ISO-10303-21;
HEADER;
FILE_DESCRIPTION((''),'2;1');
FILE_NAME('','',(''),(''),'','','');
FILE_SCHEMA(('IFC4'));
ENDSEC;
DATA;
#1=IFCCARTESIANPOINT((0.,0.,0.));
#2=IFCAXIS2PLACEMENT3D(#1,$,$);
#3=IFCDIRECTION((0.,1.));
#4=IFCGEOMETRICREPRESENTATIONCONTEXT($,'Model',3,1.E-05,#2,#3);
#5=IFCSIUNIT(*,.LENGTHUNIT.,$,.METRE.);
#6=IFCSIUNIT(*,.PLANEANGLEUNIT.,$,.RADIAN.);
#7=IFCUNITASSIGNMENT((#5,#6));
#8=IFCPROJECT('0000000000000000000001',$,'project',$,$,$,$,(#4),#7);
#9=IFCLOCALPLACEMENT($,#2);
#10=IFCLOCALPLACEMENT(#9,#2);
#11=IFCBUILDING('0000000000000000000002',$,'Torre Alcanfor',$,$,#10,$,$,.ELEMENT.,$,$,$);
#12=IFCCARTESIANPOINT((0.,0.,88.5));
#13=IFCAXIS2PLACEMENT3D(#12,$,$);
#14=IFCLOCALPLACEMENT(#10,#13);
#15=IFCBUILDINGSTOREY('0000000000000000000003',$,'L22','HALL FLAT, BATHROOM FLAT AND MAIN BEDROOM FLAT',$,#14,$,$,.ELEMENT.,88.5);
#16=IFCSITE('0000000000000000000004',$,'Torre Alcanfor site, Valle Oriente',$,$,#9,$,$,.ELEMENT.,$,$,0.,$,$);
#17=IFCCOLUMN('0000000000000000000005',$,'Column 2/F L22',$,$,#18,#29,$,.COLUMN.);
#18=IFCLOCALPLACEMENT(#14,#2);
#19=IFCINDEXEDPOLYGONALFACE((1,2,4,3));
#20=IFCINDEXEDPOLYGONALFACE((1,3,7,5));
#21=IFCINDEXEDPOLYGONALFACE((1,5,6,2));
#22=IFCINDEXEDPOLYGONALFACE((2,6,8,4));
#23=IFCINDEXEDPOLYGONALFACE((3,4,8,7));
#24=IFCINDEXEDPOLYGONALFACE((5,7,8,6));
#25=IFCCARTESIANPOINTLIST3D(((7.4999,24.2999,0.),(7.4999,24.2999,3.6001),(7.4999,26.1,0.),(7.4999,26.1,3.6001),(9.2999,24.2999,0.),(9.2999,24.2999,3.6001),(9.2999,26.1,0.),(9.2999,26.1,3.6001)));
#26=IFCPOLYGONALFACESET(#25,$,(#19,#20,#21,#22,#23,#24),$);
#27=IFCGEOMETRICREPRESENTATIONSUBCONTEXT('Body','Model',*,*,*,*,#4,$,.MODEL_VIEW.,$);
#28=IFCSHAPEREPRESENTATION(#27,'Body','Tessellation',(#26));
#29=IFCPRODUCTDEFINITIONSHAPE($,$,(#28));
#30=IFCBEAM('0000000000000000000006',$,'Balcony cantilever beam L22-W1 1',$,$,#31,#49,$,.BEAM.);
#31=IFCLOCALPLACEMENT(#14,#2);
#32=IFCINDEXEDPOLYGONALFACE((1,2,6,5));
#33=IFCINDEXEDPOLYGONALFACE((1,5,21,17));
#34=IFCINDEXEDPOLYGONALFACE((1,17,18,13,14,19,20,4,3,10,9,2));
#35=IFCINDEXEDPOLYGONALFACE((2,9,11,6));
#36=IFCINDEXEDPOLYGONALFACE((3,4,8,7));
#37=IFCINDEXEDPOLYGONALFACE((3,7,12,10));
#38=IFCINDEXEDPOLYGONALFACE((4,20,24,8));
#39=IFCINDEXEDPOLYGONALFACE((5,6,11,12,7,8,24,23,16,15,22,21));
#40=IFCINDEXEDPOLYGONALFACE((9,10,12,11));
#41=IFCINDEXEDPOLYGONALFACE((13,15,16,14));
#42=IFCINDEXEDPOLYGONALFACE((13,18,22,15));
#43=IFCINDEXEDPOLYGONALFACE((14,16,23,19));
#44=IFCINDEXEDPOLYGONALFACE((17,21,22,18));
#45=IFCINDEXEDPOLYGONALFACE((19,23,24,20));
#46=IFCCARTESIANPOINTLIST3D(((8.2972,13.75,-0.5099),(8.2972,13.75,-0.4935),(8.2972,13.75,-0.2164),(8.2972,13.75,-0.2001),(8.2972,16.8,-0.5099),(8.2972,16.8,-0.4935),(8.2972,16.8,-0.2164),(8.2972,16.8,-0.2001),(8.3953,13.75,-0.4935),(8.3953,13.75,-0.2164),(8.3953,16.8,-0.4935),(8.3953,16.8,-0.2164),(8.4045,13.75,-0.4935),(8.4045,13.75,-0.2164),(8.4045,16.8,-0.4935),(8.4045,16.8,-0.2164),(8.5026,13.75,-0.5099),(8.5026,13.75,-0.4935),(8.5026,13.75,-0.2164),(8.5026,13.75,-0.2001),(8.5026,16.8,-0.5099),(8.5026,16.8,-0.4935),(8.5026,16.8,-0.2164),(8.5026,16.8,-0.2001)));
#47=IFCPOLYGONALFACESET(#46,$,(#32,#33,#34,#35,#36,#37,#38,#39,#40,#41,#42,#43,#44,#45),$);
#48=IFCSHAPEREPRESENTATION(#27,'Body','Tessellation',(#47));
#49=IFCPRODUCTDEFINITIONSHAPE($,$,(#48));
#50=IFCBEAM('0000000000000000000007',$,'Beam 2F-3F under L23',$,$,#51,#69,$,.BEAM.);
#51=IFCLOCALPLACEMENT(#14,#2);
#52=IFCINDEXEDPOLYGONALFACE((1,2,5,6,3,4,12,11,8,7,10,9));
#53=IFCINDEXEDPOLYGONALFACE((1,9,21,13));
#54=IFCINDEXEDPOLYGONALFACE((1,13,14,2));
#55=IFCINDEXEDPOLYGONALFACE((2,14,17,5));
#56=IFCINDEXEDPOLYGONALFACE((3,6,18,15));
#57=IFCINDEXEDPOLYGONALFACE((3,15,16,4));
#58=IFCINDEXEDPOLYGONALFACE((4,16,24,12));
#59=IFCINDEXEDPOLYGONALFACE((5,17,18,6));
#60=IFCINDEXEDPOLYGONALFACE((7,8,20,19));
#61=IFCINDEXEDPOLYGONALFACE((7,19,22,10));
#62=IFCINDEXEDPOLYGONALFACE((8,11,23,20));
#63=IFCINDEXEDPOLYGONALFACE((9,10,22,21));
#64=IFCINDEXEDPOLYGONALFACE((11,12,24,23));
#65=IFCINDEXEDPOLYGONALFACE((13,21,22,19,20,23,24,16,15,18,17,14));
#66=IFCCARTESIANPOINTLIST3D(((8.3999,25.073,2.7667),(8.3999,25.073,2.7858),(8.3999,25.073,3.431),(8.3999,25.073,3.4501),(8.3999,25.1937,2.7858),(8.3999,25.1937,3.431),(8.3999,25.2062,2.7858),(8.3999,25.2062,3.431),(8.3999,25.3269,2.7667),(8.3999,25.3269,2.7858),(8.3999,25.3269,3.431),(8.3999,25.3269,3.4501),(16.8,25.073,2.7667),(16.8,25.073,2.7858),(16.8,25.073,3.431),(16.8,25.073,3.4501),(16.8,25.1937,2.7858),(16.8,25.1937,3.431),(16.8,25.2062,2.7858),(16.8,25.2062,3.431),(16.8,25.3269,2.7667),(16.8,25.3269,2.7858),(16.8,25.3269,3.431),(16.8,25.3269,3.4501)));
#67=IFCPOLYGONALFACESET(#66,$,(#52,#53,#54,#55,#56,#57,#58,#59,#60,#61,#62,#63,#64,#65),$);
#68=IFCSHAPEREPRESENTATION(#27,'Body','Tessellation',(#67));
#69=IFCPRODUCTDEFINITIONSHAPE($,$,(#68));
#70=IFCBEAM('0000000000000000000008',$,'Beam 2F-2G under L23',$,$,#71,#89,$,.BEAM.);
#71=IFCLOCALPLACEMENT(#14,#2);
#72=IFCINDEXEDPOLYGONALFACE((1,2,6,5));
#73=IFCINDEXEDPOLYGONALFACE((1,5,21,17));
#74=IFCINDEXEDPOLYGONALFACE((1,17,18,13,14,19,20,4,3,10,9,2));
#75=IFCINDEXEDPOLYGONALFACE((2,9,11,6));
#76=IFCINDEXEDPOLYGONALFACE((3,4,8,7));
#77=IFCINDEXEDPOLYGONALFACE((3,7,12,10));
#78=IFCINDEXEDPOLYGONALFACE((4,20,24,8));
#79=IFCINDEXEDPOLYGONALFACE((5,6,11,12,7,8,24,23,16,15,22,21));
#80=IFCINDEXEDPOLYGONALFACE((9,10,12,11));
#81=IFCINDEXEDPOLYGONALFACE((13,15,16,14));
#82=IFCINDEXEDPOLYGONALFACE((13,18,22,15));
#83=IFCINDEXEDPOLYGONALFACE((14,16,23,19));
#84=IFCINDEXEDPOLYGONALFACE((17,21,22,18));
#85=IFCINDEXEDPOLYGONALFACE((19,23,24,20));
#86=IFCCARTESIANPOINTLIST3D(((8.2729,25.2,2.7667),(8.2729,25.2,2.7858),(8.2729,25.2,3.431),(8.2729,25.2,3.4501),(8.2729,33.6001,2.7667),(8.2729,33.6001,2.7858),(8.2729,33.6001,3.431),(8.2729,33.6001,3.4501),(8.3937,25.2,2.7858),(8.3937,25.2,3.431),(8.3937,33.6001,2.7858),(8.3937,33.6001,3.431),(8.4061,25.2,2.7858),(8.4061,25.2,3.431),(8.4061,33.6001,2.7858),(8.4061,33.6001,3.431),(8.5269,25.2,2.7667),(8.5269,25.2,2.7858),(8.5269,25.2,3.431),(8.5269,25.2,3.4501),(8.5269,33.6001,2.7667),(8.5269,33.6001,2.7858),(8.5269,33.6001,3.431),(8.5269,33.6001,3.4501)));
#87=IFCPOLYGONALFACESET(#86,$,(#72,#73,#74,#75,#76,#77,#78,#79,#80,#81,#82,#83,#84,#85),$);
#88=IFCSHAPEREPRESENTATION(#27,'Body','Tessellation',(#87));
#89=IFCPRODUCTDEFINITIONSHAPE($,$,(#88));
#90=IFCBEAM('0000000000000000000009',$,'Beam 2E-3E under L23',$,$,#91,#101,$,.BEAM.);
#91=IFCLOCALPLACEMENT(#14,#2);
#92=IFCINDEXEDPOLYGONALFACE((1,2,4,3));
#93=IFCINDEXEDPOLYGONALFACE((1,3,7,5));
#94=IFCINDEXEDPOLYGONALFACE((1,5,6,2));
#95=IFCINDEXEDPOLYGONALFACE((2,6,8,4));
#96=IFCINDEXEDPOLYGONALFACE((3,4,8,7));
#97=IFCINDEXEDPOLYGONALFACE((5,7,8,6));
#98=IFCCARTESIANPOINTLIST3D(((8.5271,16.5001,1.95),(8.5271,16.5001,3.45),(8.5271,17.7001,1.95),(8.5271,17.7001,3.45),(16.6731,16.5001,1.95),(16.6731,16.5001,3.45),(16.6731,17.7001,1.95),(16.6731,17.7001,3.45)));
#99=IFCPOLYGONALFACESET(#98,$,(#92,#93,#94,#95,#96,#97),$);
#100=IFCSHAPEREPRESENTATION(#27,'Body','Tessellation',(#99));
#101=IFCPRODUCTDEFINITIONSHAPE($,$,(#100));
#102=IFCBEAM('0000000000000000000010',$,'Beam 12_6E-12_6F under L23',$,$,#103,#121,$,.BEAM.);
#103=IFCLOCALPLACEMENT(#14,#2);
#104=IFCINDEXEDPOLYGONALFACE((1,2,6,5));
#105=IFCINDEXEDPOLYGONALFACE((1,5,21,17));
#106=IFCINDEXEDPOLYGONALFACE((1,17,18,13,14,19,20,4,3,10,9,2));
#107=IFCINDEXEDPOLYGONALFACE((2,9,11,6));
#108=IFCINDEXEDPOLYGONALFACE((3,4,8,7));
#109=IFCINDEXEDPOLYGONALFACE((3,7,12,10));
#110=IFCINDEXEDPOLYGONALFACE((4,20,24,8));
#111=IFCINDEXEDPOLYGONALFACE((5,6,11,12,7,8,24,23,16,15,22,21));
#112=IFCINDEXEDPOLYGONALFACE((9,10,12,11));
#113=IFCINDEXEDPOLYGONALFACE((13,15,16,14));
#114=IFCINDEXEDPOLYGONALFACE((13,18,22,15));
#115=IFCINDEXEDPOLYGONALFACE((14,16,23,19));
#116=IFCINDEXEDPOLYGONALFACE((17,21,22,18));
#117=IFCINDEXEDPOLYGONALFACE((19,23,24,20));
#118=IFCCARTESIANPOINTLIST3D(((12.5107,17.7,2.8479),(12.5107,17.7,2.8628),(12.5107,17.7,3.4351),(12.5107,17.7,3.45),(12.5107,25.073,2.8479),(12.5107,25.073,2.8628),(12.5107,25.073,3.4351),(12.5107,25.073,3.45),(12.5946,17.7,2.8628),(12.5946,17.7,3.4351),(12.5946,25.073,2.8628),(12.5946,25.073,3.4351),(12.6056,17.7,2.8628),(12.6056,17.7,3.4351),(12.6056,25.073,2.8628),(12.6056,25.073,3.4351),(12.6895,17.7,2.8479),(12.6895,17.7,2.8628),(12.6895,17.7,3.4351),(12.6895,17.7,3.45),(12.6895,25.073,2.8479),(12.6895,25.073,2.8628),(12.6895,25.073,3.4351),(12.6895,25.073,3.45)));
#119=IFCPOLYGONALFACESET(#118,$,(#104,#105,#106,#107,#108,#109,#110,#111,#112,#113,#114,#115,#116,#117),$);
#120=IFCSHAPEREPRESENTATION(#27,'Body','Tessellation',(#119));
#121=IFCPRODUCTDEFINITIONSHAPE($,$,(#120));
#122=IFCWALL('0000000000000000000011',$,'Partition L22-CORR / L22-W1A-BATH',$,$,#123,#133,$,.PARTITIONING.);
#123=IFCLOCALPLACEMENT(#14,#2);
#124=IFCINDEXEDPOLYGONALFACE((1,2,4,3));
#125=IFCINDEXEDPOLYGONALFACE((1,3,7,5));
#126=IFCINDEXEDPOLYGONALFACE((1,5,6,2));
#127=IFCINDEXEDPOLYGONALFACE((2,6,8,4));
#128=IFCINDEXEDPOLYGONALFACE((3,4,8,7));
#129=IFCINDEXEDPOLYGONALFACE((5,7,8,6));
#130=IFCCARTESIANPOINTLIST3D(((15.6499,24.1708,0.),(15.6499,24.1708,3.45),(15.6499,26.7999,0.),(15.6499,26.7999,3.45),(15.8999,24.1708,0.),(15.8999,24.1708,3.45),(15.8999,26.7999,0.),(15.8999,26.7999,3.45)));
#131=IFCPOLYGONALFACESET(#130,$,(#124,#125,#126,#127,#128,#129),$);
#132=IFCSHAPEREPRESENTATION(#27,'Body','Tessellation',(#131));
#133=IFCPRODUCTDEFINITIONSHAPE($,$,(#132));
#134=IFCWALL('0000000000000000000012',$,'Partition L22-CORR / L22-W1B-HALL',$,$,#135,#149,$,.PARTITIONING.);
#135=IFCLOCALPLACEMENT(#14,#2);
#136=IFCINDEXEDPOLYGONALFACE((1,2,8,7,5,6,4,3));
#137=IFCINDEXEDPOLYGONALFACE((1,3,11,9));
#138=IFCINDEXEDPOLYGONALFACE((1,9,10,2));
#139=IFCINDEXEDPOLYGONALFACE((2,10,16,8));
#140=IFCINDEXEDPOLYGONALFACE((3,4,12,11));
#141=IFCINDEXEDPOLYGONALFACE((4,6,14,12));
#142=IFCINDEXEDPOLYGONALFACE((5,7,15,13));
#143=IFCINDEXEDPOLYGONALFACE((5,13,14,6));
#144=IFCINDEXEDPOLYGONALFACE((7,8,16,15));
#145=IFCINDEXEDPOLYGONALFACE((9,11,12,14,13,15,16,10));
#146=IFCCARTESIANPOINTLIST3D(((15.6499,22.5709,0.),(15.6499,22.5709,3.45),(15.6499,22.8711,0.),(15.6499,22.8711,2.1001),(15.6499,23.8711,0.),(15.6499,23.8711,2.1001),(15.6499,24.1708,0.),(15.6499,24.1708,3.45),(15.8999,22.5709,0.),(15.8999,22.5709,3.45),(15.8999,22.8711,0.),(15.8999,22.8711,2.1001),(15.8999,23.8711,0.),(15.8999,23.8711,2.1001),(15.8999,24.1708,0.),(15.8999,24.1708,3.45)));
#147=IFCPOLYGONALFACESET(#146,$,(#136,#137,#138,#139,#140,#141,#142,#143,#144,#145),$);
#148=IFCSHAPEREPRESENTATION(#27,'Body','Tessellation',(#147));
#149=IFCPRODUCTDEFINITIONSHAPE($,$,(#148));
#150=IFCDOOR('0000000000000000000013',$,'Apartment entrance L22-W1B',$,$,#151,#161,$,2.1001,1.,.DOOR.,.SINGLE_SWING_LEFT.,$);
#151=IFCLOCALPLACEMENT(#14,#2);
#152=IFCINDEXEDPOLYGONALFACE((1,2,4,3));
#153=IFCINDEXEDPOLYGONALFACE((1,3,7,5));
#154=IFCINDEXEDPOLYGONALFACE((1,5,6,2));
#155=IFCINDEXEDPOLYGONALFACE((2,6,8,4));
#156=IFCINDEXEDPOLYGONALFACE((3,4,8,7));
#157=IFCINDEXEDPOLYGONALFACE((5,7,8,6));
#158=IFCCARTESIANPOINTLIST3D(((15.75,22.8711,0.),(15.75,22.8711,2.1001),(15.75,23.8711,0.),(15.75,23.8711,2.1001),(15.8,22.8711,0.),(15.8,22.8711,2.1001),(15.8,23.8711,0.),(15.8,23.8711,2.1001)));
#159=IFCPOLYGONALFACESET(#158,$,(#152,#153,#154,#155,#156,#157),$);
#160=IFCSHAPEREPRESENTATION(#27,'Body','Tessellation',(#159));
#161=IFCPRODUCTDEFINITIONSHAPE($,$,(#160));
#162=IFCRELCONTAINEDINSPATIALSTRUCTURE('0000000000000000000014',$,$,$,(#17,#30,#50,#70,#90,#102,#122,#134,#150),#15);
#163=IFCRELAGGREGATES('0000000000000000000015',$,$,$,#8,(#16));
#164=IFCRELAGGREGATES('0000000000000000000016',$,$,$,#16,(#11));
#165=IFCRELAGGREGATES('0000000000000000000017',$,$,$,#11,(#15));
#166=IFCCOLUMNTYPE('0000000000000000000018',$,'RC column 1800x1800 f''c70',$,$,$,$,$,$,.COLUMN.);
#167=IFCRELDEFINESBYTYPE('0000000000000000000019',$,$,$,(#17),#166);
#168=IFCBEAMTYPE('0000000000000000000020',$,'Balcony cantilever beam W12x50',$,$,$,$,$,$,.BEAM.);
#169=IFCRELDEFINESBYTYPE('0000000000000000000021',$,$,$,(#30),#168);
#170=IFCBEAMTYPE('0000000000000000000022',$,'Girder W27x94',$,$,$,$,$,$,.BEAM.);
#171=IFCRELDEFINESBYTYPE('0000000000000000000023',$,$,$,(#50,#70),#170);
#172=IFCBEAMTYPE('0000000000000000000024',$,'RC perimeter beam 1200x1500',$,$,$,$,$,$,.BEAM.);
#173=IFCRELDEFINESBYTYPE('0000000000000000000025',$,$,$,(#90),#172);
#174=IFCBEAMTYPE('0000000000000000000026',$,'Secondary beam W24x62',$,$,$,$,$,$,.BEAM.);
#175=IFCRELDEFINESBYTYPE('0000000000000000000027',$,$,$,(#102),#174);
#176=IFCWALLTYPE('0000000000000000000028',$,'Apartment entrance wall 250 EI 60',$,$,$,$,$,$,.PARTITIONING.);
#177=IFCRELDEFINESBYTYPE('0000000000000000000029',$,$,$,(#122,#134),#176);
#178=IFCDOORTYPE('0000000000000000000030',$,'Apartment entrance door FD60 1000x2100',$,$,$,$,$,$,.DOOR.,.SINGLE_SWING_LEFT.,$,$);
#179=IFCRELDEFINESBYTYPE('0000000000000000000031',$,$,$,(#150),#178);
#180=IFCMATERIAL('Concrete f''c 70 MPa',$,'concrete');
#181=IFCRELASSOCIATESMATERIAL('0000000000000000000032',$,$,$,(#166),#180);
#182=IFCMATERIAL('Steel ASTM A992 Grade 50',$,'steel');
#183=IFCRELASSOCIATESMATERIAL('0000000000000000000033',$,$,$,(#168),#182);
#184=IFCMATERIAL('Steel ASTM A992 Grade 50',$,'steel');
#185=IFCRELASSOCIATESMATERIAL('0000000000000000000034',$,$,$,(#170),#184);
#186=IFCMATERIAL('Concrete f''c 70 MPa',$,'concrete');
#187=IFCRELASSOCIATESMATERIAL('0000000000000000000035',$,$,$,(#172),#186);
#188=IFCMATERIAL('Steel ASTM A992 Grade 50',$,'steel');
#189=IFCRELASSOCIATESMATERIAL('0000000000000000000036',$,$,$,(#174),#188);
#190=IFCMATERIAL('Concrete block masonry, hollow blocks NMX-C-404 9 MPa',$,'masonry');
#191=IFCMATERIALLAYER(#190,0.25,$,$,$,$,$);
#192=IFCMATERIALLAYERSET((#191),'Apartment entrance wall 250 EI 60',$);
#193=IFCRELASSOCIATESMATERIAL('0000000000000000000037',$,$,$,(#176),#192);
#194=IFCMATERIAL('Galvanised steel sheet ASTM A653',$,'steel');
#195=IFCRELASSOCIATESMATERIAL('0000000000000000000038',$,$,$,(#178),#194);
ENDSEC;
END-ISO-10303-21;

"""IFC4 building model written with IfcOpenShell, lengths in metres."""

from ifc_helpers import new_model, si_unit, direction, frame, frame_2d, origin, origin_2d, place, context, subcontext, project, spatial, rectangle, i_section, extrude, material, layer, layer_set, material_profile, profile_set, type_object, element, fill, save


model = new_model("IFC4")

# Units and contexts
model_context = context("Model", 3, precision=1e-05, world=origin(), true_north=direction((0.0, 1.0)))
body_context = subcontext(model_context, "Body", "Model", "MODEL_VIEW")
ifc_project = project(units=[si_unit("LENGTHUNIT", "METRE"), si_unit("PLANEANGLEUNIT", "RADIAN")], contexts=[model_context])

# Site, building, storey
site_placement = place(None, origin())
site = spatial("IfcSite", under=ifc_project, at=site_placement, Name="Torre Alcanfor site, Valle Oriente", CompositionType="ELEMENT", RefElevation=0.0)
building_placement = place(site_placement, origin())
building = spatial("IfcBuilding", under=site, at=building_placement, Name="Torre Alcanfor", CompositionType="ELEMENT")
storey_placement = place(building_placement, frame((0.0, 0.0, 88.5)))
storey = spatial("IfcBuildingStorey", under=building, at=storey_placement, Name="L22", Description="HALL FLAT, BATHROOM FLAT AND MAIN BEDROOM FLAT", CompositionType="ELEMENT", Elevation=88.5)

# Column
ifc_material_1 = material(Name="Concrete f'c 70 MPa", Category="concrete")
ifc_material_profile_1 = material_profile(ifc_material_1, rectangle(XDim=1.8, YDim=1.8, at=origin_2d()), Name="1800x1800")
ifc_profile_set_1 = profile_set([ifc_material_profile_1], Name="Concrete f'c 70 MPa")
column_type = type_object("IfcColumnType", Name="RC column 1800x1800 f'c70", PredefinedType="COLUMN", material=ifc_profile_set_1)
column_placement = place(storey_placement, frame((8.3999, 25.2, 0.0), z_axis=(0.0, 0.0, 1.0), x_axis=(1.0, 0.0, 0.0)))
element("IfcColumn", 1, at=column_placement, inside=storey, type_object=column_type, Name="Column 2/F L22", PredefinedType="COLUMN", context=body_context, shape_type="SweptSolid", body=[
    extrude(rectangle(XDim=1.8, YDim=1.8, at=origin_2d()), origin(), (0.0, 0.0, 1.0), 3.6001),
])

# Beams
ifc_material_2 = material(Name="Steel ASTM A992 Grade 50", Category="steel")
ifc_material_profile_2 = material_profile(ifc_material_2, i_section(OverallWidth=0.2053, OverallDepth=0.3098, WebThickness=0.0093, FlangeThickness=0.0164, at=origin_2d()), Name="W12x50")
ifc_profile_set_2 = profile_set([ifc_material_profile_2], Name="Steel ASTM A992 Grade 50")
beam_type_1 = type_object("IfcBeamType", Name="Balcony cantilever beam W12x50", PredefinedType="BEAM", material=ifc_profile_set_2)
beam_1_placement = place(storey_placement, frame((8.3999, 16.8, -0.355), z_axis=(0.0, -1.0, 0.0), x_axis=(1.0, 0.0, 0.0)))
element("IfcBeam", 2, at=beam_1_placement, inside=storey, type_object=beam_type_1, Name="Balcony cantilever beam L22-W1 1", PredefinedType="BEAM", context=body_context, shape_type="SweptSolid", body=[
    extrude(i_section(OverallWidth=0.2053, OverallDepth=0.3098, WebThickness=0.0093, FlangeThickness=0.0164, at=origin_2d()), origin(), (0.0, 0.0, 1.0), 3.05),
])
ifc_material_3 = material(Name="Steel ASTM A992 Grade 50", Category="steel")
ifc_material_profile_3 = material_profile(ifc_material_3, i_section(OverallWidth=0.2539, OverallDepth=0.6833, WebThickness=0.0125, FlangeThickness=0.019, at=origin_2d()), Name="W27x94")
ifc_profile_set_3 = profile_set([ifc_material_profile_3], Name="Steel ASTM A992 Grade 50")
beam_type_2 = type_object("IfcBeamType", Name="Girder W27x94", PredefinedType="BEAM", material=ifc_profile_set_3)
for number, where, z_axis, x_axis, name in (
    (3, (8.3999, 25.2, 3.1084), (1.0, 0.0, 0.0), (0.0, 1.0, 0.0), "Beam 2F-3F under L23"),
    (4, (8.3999, 25.2, 3.1084), (0.0, 1.0, 0.0), (-1.0, 0.0, 0.0), "Beam 2F-2G under L23"),
):
    element("IfcBeam", number, at=place(storey_placement, frame(where, z_axis=z_axis, x_axis=x_axis)), inside=storey, type_object=beam_type_2, Name=name, PredefinedType="BEAM", context=body_context, shape_type="SweptSolid", body=[
        extrude(i_section(OverallWidth=0.2539, OverallDepth=0.6833, WebThickness=0.0125, FlangeThickness=0.019, at=origin_2d()), origin(), (0.0, 0.0, 1.0), 8.4001),
    ])
ifc_material_4 = material(Name="Concrete f'c 70 MPa", Category="concrete")
ifc_material_profile_4 = material_profile(ifc_material_4, rectangle(XDim=1.2, YDim=1.5, at=origin_2d()), Name="1200x1500")
ifc_profile_set_4 = profile_set([ifc_material_profile_4], Name="Concrete f'c 70 MPa")
beam_type_3 = type_object("IfcBeamType", Name="RC perimeter beam 1200x1500", PredefinedType="BEAM", material=ifc_profile_set_4)
beam_2_placement = place(storey_placement, frame((8.5271, 17.1001, 2.7), z_axis=(1.0, 0.0, 0.0), x_axis=(0.0, 1.0, 0.0)))
element("IfcBeam", 5, at=beam_2_placement, inside=storey, type_object=beam_type_3, Name="Beam 2E-3E under L23", PredefinedType="BEAM", context=body_context, shape_type="SweptSolid", body=[
    extrude(rectangle(XDim=1.2, YDim=1.5, at=origin_2d()), origin(), (0.0, 0.0, 1.0), 8.146),
])
ifc_material_5 = material(Name="Steel ASTM A992 Grade 50", Category="steel")
ifc_material_profile_5 = material_profile(ifc_material_5, i_section(OverallWidth=0.1787, OverallDepth=0.6021, WebThickness=0.011, FlangeThickness=0.0149, at=origin_2d()), Name="W24x62")
ifc_profile_set_5 = profile_set([ifc_material_profile_5], Name="Steel ASTM A992 Grade 50")
beam_type_4 = type_object("IfcBeamType", Name="Secondary beam W24x62", PredefinedType="BEAM", material=ifc_profile_set_5)
beam_3_placement = place(storey_placement, frame((12.6001, 17.7, 3.1489), z_axis=(0.0, 1.0, 0.0), x_axis=(-1.0, 0.0, 0.0)))
element("IfcBeam", 6, at=beam_3_placement, inside=storey, type_object=beam_type_4, Name="Beam 12_6E-12_6F under L23", PredefinedType="BEAM", context=body_context, shape_type="SweptSolid", body=[
    extrude(i_section(OverallWidth=0.1787, OverallDepth=0.6021, WebThickness=0.011, FlangeThickness=0.0149, at=origin_2d()), origin(), (0.0, 0.0, 1.0), 7.373),
])

# Wall
ifc_material_6 = material(Name="Concrete block masonry, hollow blocks NMX-C-404 9 MPa", Category="masonry")
ifc_layer_1 = layer(ifc_material_6, 0.25)
ifc_layer_set_1 = layer_set([ifc_layer_1], Name="Apartment entrance wall 250 EI 60")
wall_type_1 = type_object("IfcWallType", Name="Apartment entrance wall 250 EI 60", PredefinedType="PARTITIONING", material=ifc_layer_set_1)
wall_1_placement = place(storey_placement, frame((15.7749, 24.1709, 0.0), z_axis=(0.0, 0.0, 1.0), x_axis=(0.0, 1.0, 0.0)))
element("IfcWall", 7, at=wall_1_placement, inside=storey, type_object=wall_type_1, Name="Partition L22-CORR / L22-W1A-BATH", PredefinedType="PARTITIONING", context=body_context, shape_type="SweptSolid", body=[
    extrude(rectangle(XDim=2.6292, YDim=0.25, at=frame_2d((1.3145, 0.0))), origin(), (0.0, 0.0, 1.0), 3.45),
])

# Wall, opening, door
wall_2_placement = place(storey_placement, frame((15.7749, 22.571, 0.0), z_axis=(0.0, 0.0, 1.0), x_axis=(0.0, 1.0, 0.0)))
wall_2 = element("IfcWall", 8, at=wall_2_placement, inside=storey, type_object=wall_type_1, Name="Partition L22-CORR / L22-W1B-HALL", PredefinedType="PARTITIONING", context=body_context, shape_type="SweptSolid", body=[
    extrude(rectangle(XDim=1.5999, YDim=0.25, at=frame_2d((0.7998, 0.0))), origin(), (0.0, 0.0, 1.0), 3.45),
])
opening_1_placement = place(wall_2_placement, frame((0.3, 0.0, 0.0)))
opening_1 = element("IfcOpeningElement", 9, at=opening_1_placement, cuts=wall_2, PredefinedType="OPENING", context=body_context, shape_type="SweptSolid", body=[
    extrude(rectangle(XDim=1.0, YDim=2.1001, at=frame_2d((0.5, 1.05))), frame((0.0, 0.135, 0.0), z_axis=(0.0, -1.0, 0.0), x_axis=(1.0, 0.0, 0.0)), (0.0, 0.0, 1.0), 0.27),
])
ifc_material_7 = material(Name="Galvanised steel sheet ASTM A653", Category="steel")
door_type_1 = type_object("IfcDoorType", Name="Apartment entrance door FD60 1000x2100", OperationType="SINGLE_SWING_LEFT", PredefinedType="DOOR", material=ifc_material_7)
door_1_placement = place(opening_1_placement, origin())
door_1 = element("IfcDoor", 10, at=door_1_placement, inside=storey, type_object=door_type_1, Name="Apartment entrance L22-W1B", OperationType="SINGLE_SWING_LEFT", OverallHeight=2.1001, OverallWidth=1.0, PredefinedType="DOOR", context=body_context, shape_type="SweptSolid", body=[
    extrude(rectangle(XDim=1.0, YDim=2.1001, at=frame_2d((0.5, 1.05))), frame((0.0, 0.0249, 0.0), z_axis=(0.0, -1.0, 0.0), x_axis=(1.0, 0.0, 0.0)), (0.0, 0.0, 1.0), 0.05),
])
fill(opening_1, door_1)

save(model, "model.ifc")
